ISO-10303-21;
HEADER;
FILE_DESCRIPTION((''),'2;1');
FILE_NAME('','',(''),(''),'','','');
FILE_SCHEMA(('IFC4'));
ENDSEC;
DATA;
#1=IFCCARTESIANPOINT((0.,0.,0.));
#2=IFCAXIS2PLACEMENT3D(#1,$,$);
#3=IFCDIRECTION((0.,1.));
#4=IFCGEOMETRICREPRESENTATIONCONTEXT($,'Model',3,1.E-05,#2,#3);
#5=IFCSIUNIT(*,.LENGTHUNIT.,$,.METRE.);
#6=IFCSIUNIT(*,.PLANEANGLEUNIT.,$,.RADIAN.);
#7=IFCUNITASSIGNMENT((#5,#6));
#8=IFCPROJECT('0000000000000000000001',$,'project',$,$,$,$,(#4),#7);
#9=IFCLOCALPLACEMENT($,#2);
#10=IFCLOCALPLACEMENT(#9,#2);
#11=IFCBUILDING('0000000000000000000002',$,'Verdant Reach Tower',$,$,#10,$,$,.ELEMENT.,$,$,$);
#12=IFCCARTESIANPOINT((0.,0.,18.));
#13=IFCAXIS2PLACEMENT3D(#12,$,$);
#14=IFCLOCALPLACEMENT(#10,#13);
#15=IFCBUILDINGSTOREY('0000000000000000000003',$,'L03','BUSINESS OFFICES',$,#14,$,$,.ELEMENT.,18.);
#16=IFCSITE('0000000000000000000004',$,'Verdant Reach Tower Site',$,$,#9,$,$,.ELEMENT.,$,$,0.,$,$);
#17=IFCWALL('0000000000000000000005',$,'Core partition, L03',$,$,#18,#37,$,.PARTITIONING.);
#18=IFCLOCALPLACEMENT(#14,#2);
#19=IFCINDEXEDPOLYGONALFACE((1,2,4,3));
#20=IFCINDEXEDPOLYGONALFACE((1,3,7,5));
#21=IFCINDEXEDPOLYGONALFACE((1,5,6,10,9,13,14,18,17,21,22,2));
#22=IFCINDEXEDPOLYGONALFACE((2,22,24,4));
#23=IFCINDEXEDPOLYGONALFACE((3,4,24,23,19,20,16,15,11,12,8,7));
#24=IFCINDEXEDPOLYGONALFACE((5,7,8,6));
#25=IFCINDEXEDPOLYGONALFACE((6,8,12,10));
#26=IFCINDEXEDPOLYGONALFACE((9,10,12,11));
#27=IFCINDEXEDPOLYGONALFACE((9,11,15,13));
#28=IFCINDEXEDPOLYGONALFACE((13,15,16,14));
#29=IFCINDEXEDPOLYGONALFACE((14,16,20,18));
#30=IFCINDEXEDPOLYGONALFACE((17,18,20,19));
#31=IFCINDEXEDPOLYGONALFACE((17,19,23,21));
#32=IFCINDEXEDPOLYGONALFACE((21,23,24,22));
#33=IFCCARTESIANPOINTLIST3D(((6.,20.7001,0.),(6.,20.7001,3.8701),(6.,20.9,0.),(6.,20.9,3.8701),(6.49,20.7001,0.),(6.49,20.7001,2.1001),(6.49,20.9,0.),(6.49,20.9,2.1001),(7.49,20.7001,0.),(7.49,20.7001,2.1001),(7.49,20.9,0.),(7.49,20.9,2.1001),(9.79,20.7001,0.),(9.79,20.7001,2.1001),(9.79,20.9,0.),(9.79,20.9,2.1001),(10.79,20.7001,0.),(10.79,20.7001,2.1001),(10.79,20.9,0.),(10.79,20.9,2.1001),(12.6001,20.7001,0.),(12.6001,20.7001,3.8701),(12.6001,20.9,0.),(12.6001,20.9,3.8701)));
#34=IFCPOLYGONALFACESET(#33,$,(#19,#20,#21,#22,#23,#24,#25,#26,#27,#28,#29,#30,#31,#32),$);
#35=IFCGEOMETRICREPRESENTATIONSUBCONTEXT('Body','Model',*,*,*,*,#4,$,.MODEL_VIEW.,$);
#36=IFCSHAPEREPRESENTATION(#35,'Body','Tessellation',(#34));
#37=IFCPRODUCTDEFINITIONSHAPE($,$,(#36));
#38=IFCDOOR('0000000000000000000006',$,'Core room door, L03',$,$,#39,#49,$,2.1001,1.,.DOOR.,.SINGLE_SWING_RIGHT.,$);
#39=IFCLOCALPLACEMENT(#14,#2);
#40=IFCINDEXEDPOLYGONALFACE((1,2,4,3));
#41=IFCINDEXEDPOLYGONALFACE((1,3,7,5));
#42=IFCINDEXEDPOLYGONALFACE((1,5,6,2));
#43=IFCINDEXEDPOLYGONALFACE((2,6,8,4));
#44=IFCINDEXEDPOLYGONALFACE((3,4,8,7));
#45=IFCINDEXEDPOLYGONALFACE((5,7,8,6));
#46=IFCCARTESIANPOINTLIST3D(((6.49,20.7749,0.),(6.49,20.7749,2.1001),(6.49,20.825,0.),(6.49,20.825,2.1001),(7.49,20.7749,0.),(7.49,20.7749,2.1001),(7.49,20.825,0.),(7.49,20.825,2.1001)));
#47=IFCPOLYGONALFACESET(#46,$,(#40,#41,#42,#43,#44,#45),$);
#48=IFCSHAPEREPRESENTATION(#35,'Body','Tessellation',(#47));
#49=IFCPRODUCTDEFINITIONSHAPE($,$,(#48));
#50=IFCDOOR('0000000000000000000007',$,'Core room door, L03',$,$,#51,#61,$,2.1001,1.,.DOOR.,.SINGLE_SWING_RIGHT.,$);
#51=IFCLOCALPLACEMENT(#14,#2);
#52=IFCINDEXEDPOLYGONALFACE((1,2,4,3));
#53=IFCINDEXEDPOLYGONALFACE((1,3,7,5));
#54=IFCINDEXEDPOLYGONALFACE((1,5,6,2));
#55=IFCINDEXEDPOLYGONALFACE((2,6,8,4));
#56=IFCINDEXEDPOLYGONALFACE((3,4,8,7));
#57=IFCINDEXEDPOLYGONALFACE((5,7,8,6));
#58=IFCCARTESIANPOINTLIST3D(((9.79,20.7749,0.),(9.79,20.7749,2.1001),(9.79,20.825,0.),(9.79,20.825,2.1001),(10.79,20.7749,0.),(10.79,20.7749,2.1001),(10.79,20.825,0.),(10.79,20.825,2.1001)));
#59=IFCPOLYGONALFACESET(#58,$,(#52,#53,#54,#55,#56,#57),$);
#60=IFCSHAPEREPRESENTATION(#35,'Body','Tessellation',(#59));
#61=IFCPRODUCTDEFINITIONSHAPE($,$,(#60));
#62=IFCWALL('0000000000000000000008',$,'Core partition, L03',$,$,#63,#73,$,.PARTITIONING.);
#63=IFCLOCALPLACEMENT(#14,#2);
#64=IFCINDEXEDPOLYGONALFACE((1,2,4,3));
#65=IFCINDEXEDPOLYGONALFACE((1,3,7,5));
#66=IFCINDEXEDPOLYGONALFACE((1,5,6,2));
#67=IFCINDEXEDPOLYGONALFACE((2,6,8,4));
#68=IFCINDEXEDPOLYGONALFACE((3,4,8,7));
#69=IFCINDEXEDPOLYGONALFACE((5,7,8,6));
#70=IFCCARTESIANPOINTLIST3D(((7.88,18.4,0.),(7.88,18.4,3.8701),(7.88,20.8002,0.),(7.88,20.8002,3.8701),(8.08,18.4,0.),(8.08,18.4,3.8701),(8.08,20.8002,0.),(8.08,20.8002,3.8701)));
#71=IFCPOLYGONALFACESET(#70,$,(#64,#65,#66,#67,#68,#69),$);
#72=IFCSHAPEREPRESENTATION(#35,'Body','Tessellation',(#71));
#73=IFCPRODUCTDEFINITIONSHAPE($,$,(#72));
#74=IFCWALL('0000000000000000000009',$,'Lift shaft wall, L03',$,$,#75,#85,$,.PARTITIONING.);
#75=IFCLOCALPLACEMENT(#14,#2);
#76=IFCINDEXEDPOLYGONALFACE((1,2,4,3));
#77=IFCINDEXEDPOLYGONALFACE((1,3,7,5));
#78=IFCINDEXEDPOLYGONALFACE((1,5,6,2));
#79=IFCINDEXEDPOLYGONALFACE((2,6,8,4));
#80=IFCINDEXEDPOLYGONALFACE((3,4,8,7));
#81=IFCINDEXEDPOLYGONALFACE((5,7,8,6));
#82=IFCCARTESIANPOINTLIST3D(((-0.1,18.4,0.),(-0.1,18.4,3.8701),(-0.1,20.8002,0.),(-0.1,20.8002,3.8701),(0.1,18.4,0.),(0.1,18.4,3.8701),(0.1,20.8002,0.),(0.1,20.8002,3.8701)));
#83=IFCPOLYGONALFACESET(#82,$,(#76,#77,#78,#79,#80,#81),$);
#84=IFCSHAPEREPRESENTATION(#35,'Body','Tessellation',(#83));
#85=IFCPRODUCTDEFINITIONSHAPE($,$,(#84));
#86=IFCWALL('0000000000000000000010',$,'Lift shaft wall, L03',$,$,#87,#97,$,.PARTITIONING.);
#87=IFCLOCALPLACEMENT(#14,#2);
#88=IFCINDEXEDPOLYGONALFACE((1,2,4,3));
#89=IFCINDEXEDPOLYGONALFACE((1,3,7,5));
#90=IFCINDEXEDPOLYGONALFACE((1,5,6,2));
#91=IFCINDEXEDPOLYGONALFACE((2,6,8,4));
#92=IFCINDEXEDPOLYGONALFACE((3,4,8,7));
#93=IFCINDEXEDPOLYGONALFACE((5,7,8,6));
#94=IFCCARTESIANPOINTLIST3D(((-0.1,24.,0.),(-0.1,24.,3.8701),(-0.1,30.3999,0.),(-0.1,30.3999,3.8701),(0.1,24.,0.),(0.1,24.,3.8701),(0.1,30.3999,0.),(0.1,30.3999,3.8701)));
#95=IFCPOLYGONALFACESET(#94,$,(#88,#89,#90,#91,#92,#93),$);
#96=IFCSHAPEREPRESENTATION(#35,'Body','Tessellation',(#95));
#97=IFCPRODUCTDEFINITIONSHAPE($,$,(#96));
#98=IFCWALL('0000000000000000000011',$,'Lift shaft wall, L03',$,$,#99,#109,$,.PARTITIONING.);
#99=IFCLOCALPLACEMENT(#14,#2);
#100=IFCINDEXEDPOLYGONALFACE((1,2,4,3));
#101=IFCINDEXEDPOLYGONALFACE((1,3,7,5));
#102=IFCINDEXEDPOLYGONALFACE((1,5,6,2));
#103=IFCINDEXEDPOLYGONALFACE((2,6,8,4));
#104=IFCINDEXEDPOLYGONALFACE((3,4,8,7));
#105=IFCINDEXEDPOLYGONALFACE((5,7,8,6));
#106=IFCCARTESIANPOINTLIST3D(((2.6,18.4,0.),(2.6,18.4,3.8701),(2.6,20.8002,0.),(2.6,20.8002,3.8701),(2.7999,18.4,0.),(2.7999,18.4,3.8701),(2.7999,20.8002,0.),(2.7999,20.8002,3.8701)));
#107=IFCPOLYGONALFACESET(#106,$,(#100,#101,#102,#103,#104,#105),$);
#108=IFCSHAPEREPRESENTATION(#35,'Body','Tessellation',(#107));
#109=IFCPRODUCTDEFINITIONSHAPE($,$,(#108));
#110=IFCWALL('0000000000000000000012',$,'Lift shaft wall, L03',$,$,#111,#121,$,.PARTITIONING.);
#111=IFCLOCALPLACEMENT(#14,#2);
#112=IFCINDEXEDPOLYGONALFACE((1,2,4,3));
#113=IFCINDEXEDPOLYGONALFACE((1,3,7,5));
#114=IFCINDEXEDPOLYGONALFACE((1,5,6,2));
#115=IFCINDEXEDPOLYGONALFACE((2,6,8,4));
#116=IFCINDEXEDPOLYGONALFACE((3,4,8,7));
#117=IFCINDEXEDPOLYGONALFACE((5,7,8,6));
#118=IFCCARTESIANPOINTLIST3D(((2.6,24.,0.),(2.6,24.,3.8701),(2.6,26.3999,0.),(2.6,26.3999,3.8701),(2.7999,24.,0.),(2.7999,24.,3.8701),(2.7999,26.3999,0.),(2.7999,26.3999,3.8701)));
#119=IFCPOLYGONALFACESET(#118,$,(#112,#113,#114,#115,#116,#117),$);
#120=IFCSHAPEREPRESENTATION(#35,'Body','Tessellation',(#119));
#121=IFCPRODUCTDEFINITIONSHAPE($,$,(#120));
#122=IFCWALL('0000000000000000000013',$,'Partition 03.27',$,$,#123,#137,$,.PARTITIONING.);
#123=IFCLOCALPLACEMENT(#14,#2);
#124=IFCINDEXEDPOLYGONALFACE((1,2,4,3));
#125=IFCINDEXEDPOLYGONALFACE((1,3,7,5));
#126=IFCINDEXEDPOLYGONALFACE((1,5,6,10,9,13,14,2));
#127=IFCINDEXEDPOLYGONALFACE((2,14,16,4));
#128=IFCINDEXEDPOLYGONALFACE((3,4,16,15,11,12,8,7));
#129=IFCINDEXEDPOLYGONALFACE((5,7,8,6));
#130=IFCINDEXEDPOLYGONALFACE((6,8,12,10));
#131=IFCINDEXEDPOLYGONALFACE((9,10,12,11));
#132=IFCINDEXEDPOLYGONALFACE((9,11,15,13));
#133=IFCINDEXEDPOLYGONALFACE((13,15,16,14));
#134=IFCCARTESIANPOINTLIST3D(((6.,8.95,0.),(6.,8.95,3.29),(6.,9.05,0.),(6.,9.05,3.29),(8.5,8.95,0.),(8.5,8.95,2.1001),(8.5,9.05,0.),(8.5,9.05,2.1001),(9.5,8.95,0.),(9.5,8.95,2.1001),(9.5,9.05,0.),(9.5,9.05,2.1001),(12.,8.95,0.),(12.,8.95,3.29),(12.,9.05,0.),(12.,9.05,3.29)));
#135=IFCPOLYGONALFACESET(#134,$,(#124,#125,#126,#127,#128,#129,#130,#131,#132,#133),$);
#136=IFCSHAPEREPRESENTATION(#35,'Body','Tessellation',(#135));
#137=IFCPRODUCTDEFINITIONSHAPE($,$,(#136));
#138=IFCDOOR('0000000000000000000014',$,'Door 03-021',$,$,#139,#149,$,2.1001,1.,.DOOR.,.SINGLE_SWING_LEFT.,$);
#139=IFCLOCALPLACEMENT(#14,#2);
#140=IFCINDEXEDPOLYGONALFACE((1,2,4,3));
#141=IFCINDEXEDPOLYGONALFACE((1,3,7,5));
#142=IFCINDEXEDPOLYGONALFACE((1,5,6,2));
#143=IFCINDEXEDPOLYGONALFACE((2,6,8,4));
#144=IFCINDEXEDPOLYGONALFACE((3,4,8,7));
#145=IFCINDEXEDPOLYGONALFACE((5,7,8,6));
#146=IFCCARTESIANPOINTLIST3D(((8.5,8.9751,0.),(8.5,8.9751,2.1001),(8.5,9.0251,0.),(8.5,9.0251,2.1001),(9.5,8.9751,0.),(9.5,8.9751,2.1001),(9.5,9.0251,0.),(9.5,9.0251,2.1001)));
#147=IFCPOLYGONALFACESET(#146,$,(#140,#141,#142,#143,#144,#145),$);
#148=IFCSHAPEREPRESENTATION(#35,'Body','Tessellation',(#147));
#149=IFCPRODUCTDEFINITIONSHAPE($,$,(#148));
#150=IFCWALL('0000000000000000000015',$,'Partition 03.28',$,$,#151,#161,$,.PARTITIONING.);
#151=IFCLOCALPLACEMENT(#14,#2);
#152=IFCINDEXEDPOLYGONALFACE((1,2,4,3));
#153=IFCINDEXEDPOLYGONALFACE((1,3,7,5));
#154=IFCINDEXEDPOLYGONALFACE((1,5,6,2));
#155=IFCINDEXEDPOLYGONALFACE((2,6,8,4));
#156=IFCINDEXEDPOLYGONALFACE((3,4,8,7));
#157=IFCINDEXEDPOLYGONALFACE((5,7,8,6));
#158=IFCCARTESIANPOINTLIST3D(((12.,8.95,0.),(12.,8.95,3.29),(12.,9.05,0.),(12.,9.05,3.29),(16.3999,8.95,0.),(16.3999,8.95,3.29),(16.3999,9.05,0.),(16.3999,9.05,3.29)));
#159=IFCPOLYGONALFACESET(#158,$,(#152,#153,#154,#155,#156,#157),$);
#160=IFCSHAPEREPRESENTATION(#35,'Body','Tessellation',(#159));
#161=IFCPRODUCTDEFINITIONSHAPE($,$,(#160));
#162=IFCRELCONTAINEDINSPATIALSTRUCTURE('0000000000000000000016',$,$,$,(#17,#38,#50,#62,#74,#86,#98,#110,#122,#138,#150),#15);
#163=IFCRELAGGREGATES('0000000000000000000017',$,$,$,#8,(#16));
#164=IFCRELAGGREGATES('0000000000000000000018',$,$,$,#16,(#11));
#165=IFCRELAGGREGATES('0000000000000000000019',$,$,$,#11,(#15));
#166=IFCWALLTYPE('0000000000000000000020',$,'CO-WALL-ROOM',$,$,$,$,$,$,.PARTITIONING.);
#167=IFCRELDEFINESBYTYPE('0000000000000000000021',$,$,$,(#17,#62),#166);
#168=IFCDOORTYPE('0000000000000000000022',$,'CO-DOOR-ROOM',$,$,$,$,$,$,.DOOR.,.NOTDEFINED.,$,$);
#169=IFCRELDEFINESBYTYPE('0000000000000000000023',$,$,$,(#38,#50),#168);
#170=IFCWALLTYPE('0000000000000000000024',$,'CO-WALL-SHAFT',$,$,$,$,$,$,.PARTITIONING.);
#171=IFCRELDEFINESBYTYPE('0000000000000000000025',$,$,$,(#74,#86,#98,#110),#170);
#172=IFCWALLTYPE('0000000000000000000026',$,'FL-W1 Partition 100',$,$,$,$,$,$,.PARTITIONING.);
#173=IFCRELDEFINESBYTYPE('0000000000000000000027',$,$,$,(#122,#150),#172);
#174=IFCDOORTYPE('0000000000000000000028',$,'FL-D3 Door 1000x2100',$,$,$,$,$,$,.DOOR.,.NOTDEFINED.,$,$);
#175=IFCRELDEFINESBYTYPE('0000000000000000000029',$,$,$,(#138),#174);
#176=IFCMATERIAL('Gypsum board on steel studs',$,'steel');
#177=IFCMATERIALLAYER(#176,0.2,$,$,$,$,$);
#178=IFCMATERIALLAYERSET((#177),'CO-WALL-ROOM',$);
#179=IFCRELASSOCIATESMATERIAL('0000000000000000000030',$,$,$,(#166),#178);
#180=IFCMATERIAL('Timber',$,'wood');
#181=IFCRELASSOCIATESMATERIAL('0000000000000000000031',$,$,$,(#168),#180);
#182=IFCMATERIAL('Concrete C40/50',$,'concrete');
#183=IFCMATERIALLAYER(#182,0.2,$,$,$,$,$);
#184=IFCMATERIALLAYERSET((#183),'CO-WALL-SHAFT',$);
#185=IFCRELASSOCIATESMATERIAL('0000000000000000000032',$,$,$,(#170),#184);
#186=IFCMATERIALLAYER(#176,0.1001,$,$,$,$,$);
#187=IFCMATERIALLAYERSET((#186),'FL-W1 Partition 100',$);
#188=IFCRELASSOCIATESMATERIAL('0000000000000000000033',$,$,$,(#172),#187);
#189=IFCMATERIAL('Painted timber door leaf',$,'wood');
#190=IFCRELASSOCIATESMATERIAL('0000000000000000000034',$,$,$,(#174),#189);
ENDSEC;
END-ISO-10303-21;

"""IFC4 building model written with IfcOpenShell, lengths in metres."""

from ifc_helpers import new_model, si_unit, direction, frame, frame_2d, origin, place, context, subcontext, project, spatial, rectangle, extrude, material, layer, layer_set, type_object, element, fill, save


model = new_model("IFC4")

# Units and contexts
model_context = context("Model", 3, precision=1e-05, world=origin(), true_north=direction((0.0, 1.0)))
body_context = subcontext(model_context, "Body", "Model", "MODEL_VIEW")
ifc_project = project(units=[si_unit("LENGTHUNIT", "METRE"), si_unit("PLANEANGLEUNIT", "RADIAN")], contexts=[model_context])

# Site, building, storey
site_placement = place(None, origin())
site = spatial("IfcSite", under=ifc_project, at=site_placement, Name="Verdant Reach Tower Site", CompositionType="ELEMENT", RefElevation=0.0)
building_placement = place(site_placement, origin())
building = spatial("IfcBuilding", under=site, at=building_placement, Name="Verdant Reach Tower", CompositionType="ELEMENT")
storey_placement = place(building_placement, frame((0.0, 0.0, 18.0)))
storey = spatial("IfcBuildingStorey", under=building, at=storey_placement, Name="L03", Description="BUSINESS OFFICES", CompositionType="ELEMENT", Elevation=18.0)

# Wall, openings, doors
ifc_material_1 = material(Name="Gypsum board on steel studs", Category="steel")
ifc_layer_1 = layer(ifc_material_1, 0.2)
ifc_layer_set_1 = layer_set([ifc_layer_1], Name="CO-WALL-ROOM")
wall_type_1 = type_object("IfcWallType", Name="CO-WALL-ROOM", PredefinedType="PARTITIONING", material=ifc_layer_set_1)
wall_1_placement = place(storey_placement, frame((6.0, 20.8, 0.0), z_axis=(0.0, 0.0, 1.0), x_axis=(1.0, 0.0, 0.0)))
wall_1 = element("IfcWall", 1, at=wall_1_placement, inside=storey, type_object=wall_type_1, Name="Core partition, L03", PredefinedType="PARTITIONING", context=body_context, shape_type="SweptSolid", body=[
    extrude(rectangle(XDim=6.6001, YDim=0.2, at=frame_2d((3.3, 0.0))), origin(), (0.0, 0.0, 1.0), 3.8701),
])
opening_1_placement = place(wall_1_placement, frame((0.49, 0.0, 0.0)))
opening_1 = element("IfcOpeningElement", 2, at=opening_1_placement, cuts=wall_1, PredefinedType="OPENING", context=body_context, shape_type="SweptSolid", body=[
    extrude(rectangle(XDim=1.0, YDim=2.1001, at=frame_2d((0.5, 1.05))), frame((0.0, 0.1099, 0.0), z_axis=(0.0, -1.0, 0.0), x_axis=(1.0, 0.0, 0.0)), (0.0, 0.0, 1.0), 0.22),
])
opening_2_placement = place(wall_1_placement, frame((3.79, 0.0, 0.0)))
opening_2 = element("IfcOpeningElement", 3, at=opening_2_placement, cuts=wall_1, PredefinedType="OPENING", context=body_context, shape_type="SweptSolid", body=[
    extrude(rectangle(XDim=1.0, YDim=2.1001, at=frame_2d((0.5, 1.05))), frame((0.0, 0.1099, 0.0), z_axis=(0.0, -1.0, 0.0), x_axis=(1.0, 0.0, 0.0)), (0.0, 0.0, 1.0), 0.22),
])
ifc_material_2 = material(Name="Timber", Category="wood")
door_type_1 = type_object("IfcDoorType", Name="CO-DOOR-ROOM", OperationType="NOTDEFINED", PredefinedType="DOOR", material=ifc_material_2)
door_1_placement = place(opening_1_placement, origin())
door_1 = element("IfcDoor", 4, at=door_1_placement, inside=storey, type_object=door_type_1, Name="Core room door, L03", OperationType="SINGLE_SWING_RIGHT", OverallHeight=2.1001, OverallWidth=1.0, PredefinedType="DOOR", context=body_context, shape_type="SweptSolid", body=[
    extrude(rectangle(XDim=1.0, YDim=2.1001, at=frame_2d((0.5, 1.05))), frame((0.0, 0.0249, 0.0), z_axis=(0.0, -1.0, 0.0), x_axis=(1.0, 0.0, 0.0)), (0.0, 0.0, 1.0), 0.05),
])
fill(opening_1, door_1)
door_2_placement = place(opening_2_placement, origin())
door_2 = element("IfcDoor", 5, at=door_2_placement, inside=storey, type_object=door_type_1, Name="Core room door, L03", OperationType="SINGLE_SWING_RIGHT", OverallHeight=2.1001, OverallWidth=1.0, PredefinedType="DOOR", context=body_context, shape_type="SweptSolid", body=[
    extrude(rectangle(XDim=1.0, YDim=2.1001, at=frame_2d((0.5, 1.05))), frame((0.0, 0.0249, 0.0), z_axis=(0.0, -1.0, 0.0), x_axis=(1.0, 0.0, 0.0)), (0.0, 0.0, 1.0), 0.05),
])
fill(opening_2, door_2)

# Walls
wall_2_placement = place(storey_placement, frame((7.98, 18.3999, 0.0), z_axis=(0.0, 0.0, 1.0), x_axis=(0.0, 1.0, 0.0)))
element("IfcWall", 6, at=wall_2_placement, inside=storey, type_object=wall_type_1, Name="Core partition, L03", PredefinedType="PARTITIONING", context=body_context, shape_type="SweptSolid", body=[
    extrude(rectangle(XDim=2.4001, YDim=0.2, at=frame_2d((1.2002, 0.0))), origin(), (0.0, 0.0, 1.0), 3.8701),
])
ifc_material_3 = material(Name="Concrete C40/50", Category="concrete")
ifc_layer_2 = layer(ifc_material_3, 0.2)
ifc_layer_set_2 = layer_set([ifc_layer_2], Name="CO-WALL-SHAFT")
wall_type_2 = type_object("IfcWallType", Name="CO-WALL-SHAFT", PredefinedType="PARTITIONING", material=ifc_layer_set_2)
wall_3_placement = place(storey_placement, frame((0.0, 18.3999, 0.0), z_axis=(0.0, 0.0, 1.0), x_axis=(0.0, 1.0, 0.0)))
element("IfcWall", 7, at=wall_3_placement, inside=storey, type_object=wall_type_2, Name="Lift shaft wall, L03", PredefinedType="PARTITIONING", context=body_context, shape_type="SweptSolid", body=[
    extrude(rectangle(XDim=2.4001, YDim=0.2, at=frame_2d((1.2002, 0.0))), origin(), (0.0, 0.0, 1.0), 3.8701),
])
wall_4_placement = place(storey_placement, frame((0.0, 24.0, 0.0), z_axis=(0.0, 0.0, 1.0), x_axis=(0.0, 1.0, 0.0)))
element("IfcWall", 8, at=wall_4_placement, inside=storey, type_object=wall_type_2, Name="Lift shaft wall, L03", PredefinedType="PARTITIONING", context=body_context, shape_type="SweptSolid", body=[
    extrude(rectangle(XDim=6.3999, YDim=0.2, at=frame_2d((3.2, 0.0))), origin(), (0.0, 0.0, 1.0), 3.8701),
])
wall_5_placement = place(storey_placement, frame((2.7, 18.3999, 0.0), z_axis=(0.0, 0.0, 1.0), x_axis=(0.0, 1.0, 0.0)))
element("IfcWall", 9, at=wall_5_placement, inside=storey, type_object=wall_type_2, Name="Lift shaft wall, L03", PredefinedType="PARTITIONING", context=body_context, shape_type="SweptSolid", body=[
    extrude(rectangle(XDim=2.4001, YDim=0.2, at=frame_2d((1.2002, 0.0))), origin(), (0.0, 0.0, 1.0), 3.8701),
])
wall_6_placement = place(storey_placement, frame((2.7, 24.0, 0.0), z_axis=(0.0, 0.0, 1.0), x_axis=(0.0, 1.0, 0.0)))
element("IfcWall", 10, at=wall_6_placement, inside=storey, type_object=wall_type_2, Name="Lift shaft wall, L03", PredefinedType="PARTITIONING", context=body_context, shape_type="SweptSolid", body=[
    extrude(rectangle(XDim=2.3999, YDim=0.2, at=frame_2d((1.2, 0.0))), origin(), (0.0, 0.0, 1.0), 3.8701),
])

# Wall, opening, door
ifc_layer_3 = layer(ifc_material_1, 0.1001)
ifc_layer_set_3 = layer_set([ifc_layer_3], Name="FL-W1 Partition 100")
wall_type_3 = type_object("IfcWallType", Name="FL-W1 Partition 100", PredefinedType="PARTITIONING", material=ifc_layer_set_3)
wall_7_placement = place(storey_placement, frame((12.0, 9.0, 0.0), z_axis=(0.0, 0.0, 1.0), x_axis=(-1.0, 0.0, 0.0)))
wall_7 = element("IfcWall", 11, at=wall_7_placement, inside=storey, type_object=wall_type_3, Name="Partition 03.27", PredefinedType="PARTITIONING", context=body_context, shape_type="SweptSolid", body=[
    extrude(rectangle(XDim=6.0, YDim=0.1001, at=frame_2d((3.0, 0.0))), origin(), (0.0, 0.0, 1.0), 3.29),
])
opening_3_placement = place(wall_7_placement, frame((2.5, 0.0, 0.0)))
opening_3 = element("IfcOpeningElement", 12, at=opening_3_placement, cuts=wall_7, PredefinedType="OPENING", context=body_context, shape_type="SweptSolid", body=[
    extrude(rectangle(XDim=1.0, YDim=2.1001, at=frame_2d((0.5, 1.05))), frame((0.0, 0.0601, 0.0), z_axis=(0.0, -1.0, 0.0), x_axis=(1.0, 0.0, 0.0)), (0.0, 0.0, 1.0), 0.1201),
])
ifc_material_4 = material(Name="Painted timber door leaf", Category="wood")
door_type_2 = type_object("IfcDoorType", Name="FL-D3 Door 1000x2100", OperationType="NOTDEFINED", PredefinedType="DOOR", material=ifc_material_4)
door_3_placement = place(opening_3_placement, origin())
door_3 = element("IfcDoor", 13, at=door_3_placement, inside=storey, type_object=door_type_2, Name="Door 03-021", OperationType="SINGLE_SWING_LEFT", OverallHeight=2.1001, OverallWidth=1.0, PredefinedType="DOOR", context=body_context, shape_type="SweptSolid", body=[
    extrude(rectangle(XDim=1.0, YDim=2.1001, at=frame_2d((0.5, 1.05))), frame((0.0, 0.0249, 0.0), z_axis=(0.0, -1.0, 0.0), x_axis=(1.0, 0.0, 0.0)), (0.0, 0.0, 1.0), 0.05),
])
fill(opening_3, door_3)

# Wall
wall_8_placement = place(storey_placement, frame((12.0, 9.0, 0.0), z_axis=(0.0, 0.0, 1.0), x_axis=(1.0, 0.0, 0.0)))
element("IfcWall", 14, at=wall_8_placement, inside=storey, type_object=wall_type_3, Name="Partition 03.28", PredefinedType="PARTITIONING", context=body_context, shape_type="SweptSolid", body=[
    extrude(rectangle(XDim=4.3999, YDim=0.1001, at=frame_2d((2.2, 0.0))), origin(), (0.0, 0.0, 1.0), 3.29),
])

save(model, "model.ifc")
